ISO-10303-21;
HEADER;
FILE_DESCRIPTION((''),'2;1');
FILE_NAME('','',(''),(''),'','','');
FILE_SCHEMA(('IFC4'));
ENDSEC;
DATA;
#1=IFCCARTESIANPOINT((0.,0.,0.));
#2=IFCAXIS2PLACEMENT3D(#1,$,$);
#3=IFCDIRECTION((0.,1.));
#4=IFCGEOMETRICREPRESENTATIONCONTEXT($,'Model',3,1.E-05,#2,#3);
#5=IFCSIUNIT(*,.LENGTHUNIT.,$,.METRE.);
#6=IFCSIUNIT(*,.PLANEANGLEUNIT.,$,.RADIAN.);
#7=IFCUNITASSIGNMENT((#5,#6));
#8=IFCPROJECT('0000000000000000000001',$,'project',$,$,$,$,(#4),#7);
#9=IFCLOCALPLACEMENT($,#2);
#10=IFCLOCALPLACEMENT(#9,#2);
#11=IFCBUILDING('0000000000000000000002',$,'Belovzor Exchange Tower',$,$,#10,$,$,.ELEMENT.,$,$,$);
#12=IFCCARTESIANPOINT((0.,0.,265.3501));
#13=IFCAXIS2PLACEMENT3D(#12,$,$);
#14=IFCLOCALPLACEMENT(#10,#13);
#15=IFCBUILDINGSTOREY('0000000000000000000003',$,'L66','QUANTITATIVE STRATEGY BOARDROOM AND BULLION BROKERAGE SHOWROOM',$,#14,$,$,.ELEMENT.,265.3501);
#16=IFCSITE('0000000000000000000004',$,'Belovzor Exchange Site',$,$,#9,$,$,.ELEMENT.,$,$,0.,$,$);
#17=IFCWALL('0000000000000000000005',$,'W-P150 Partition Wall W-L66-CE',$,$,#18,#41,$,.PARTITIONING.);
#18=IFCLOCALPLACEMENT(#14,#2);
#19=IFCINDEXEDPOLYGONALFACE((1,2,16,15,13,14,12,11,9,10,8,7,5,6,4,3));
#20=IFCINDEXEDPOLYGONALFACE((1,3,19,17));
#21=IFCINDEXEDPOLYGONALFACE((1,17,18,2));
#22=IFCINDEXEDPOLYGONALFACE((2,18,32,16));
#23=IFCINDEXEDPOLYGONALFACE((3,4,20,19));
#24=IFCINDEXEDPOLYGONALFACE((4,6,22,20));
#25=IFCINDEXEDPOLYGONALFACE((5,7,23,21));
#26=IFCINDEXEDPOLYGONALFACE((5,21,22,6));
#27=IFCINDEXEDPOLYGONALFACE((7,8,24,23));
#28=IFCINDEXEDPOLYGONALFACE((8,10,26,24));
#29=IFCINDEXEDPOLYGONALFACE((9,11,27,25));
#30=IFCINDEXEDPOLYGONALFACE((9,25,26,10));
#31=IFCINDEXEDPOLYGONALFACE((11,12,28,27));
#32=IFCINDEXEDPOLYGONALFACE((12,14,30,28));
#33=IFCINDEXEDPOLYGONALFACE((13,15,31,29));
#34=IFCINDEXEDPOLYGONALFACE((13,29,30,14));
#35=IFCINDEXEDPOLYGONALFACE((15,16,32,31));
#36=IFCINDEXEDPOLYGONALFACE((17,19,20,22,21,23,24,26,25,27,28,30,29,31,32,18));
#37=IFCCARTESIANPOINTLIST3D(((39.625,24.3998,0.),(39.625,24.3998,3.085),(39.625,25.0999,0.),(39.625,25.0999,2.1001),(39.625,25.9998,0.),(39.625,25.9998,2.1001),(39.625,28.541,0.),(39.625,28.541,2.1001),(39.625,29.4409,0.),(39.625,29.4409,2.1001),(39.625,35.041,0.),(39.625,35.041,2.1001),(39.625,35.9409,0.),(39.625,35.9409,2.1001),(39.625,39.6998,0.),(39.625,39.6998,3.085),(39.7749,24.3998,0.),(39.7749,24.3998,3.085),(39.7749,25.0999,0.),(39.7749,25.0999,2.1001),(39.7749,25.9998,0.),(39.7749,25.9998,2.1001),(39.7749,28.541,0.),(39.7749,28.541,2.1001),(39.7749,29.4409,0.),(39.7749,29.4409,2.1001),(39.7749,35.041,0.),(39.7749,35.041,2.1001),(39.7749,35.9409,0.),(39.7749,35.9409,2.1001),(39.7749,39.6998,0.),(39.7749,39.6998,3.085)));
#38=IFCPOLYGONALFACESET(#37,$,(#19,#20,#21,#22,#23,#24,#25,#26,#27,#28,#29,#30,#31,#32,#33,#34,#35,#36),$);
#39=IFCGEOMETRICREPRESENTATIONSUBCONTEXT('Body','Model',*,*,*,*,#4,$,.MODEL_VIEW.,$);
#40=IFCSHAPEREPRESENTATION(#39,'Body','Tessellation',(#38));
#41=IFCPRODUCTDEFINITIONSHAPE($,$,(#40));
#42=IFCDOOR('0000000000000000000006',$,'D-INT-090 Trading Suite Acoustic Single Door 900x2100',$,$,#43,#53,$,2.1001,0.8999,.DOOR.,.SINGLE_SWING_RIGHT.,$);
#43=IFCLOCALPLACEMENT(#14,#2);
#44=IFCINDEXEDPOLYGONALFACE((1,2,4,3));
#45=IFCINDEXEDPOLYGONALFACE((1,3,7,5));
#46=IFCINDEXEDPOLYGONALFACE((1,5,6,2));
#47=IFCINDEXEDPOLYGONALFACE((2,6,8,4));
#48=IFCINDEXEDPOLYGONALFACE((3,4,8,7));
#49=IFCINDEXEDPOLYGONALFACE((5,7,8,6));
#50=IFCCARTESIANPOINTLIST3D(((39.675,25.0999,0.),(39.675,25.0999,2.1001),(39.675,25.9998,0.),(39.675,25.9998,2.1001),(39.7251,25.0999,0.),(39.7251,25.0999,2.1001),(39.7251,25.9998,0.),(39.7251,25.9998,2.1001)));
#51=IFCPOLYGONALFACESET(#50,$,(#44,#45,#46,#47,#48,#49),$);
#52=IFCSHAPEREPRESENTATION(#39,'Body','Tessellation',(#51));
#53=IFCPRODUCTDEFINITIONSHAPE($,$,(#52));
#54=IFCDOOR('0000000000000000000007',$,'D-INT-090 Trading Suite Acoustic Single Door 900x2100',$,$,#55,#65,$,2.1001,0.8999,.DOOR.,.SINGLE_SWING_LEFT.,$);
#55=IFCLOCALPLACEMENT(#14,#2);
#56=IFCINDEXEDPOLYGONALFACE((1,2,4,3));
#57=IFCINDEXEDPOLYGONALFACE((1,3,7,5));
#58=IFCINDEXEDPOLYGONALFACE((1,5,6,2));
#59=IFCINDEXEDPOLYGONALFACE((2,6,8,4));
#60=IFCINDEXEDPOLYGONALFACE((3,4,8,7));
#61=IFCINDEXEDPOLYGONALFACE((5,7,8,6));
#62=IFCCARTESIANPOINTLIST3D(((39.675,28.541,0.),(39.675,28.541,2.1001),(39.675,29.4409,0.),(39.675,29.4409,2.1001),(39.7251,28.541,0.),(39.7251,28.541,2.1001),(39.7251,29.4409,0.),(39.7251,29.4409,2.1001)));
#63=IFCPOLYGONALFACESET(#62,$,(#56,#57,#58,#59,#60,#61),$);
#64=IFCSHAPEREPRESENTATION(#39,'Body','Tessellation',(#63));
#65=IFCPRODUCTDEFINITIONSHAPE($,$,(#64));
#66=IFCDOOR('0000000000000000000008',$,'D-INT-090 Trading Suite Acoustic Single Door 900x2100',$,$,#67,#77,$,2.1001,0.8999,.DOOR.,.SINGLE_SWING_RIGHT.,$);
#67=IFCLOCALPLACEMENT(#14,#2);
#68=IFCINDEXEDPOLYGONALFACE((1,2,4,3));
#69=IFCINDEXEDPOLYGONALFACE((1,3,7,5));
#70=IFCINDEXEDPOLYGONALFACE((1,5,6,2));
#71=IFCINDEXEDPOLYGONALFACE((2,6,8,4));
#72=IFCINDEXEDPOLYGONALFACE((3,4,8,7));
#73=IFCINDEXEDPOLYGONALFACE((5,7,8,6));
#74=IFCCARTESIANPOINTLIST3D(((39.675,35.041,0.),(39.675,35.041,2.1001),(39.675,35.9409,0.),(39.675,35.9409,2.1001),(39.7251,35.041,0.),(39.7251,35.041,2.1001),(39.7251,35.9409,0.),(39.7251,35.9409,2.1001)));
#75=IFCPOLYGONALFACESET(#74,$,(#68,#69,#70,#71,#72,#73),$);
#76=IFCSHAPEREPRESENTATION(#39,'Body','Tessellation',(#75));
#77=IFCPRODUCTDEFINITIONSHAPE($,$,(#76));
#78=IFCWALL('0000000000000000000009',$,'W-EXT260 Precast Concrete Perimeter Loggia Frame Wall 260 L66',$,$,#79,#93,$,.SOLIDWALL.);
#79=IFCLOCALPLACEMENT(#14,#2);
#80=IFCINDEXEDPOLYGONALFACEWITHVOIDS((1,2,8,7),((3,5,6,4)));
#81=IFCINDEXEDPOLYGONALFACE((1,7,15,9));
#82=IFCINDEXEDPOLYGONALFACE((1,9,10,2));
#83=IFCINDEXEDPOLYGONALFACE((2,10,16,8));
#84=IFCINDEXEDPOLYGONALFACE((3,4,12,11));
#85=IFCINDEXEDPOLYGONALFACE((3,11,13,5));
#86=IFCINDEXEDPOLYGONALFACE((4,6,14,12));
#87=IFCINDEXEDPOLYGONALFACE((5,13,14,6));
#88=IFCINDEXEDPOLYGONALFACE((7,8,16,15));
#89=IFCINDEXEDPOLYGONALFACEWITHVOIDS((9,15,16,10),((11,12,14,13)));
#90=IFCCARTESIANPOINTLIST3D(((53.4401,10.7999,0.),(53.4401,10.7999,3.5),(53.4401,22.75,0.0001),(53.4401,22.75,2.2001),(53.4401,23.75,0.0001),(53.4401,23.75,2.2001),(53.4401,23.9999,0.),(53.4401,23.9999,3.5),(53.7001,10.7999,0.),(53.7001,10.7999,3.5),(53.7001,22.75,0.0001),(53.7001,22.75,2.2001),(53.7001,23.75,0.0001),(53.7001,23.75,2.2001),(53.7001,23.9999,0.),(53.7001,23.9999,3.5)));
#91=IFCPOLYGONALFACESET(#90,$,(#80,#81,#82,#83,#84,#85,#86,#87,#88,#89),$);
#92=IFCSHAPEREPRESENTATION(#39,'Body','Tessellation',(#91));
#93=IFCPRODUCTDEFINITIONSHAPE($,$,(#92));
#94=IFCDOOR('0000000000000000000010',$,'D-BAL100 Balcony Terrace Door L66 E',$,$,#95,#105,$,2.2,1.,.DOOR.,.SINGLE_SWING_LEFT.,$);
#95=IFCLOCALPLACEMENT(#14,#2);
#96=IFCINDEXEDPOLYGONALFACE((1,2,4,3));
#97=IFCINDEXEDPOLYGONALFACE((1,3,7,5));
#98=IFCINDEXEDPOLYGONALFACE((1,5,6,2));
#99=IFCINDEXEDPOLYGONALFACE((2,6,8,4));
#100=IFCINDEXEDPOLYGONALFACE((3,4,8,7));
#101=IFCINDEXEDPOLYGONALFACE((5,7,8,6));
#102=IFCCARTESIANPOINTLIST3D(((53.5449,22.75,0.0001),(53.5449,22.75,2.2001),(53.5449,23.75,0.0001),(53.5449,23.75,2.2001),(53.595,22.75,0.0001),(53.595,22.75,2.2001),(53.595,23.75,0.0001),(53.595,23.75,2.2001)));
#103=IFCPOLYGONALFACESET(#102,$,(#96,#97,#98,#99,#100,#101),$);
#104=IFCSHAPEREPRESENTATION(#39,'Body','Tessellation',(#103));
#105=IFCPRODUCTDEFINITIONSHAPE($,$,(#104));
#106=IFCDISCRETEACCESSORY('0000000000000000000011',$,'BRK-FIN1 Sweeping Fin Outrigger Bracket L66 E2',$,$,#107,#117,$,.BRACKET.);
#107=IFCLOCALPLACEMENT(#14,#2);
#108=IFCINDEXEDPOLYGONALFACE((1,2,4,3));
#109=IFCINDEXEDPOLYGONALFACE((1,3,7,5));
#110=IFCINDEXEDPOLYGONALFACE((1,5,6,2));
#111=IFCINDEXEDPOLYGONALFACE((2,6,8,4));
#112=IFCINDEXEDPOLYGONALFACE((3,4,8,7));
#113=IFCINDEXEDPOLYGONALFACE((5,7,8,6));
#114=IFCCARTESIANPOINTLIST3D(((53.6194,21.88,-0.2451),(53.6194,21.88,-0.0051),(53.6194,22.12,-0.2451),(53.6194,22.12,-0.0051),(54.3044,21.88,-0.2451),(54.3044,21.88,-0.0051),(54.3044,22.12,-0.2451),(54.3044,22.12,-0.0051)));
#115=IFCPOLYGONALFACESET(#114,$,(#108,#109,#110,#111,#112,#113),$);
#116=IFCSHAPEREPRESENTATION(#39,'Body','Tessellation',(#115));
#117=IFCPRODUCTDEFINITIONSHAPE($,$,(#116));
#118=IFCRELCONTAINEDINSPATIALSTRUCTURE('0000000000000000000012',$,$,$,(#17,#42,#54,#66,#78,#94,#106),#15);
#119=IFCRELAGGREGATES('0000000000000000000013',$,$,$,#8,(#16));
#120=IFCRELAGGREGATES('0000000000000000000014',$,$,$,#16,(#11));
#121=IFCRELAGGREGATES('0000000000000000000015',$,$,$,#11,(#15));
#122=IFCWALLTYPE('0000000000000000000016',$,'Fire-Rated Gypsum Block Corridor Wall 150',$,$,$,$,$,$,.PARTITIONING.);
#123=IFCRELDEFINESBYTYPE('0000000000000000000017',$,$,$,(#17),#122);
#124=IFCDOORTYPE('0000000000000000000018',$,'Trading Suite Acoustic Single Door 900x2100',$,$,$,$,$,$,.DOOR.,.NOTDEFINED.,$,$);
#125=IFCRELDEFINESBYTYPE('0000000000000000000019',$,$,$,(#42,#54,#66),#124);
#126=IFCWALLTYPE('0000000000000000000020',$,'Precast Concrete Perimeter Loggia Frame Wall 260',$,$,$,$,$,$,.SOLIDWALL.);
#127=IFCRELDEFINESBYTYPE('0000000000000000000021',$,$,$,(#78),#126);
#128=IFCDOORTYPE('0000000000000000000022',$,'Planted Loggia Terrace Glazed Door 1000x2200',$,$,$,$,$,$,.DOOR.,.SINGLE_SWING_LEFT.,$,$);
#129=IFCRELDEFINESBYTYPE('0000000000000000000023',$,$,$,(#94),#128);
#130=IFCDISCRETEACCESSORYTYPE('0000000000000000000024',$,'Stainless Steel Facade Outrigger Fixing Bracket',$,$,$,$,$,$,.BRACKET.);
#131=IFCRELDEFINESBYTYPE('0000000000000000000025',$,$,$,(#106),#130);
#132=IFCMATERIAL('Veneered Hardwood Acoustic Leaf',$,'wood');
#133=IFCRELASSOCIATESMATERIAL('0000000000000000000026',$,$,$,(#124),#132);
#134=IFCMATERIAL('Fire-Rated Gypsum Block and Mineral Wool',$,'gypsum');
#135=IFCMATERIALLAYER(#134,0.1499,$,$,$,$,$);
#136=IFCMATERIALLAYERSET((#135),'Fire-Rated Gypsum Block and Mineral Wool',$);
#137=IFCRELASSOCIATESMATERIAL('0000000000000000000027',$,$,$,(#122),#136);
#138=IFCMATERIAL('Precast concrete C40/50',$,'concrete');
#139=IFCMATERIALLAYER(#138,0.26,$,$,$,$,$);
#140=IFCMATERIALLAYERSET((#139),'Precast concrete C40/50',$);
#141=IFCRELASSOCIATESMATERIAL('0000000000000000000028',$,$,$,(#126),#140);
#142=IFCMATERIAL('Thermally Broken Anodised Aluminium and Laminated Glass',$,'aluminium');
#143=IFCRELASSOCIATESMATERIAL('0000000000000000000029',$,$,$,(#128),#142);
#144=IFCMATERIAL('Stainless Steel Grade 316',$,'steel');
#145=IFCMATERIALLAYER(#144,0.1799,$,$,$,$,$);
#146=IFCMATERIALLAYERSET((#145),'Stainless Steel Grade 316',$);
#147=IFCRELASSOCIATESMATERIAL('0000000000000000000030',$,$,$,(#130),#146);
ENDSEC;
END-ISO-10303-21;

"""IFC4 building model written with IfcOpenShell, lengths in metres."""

from ifc_helpers import new_model, si_unit, direction, frame, frame_2d, origin, origin_2d, place, context, subcontext, project, spatial, rectangle, extrude, material, layer, layer_set, type_object, element, fill, save


model = new_model("IFC4")

# Units and contexts
model_context = context("Model", 3, precision=1e-05, world=origin(), true_north=direction((0.0, 1.0)))
body_context = subcontext(model_context, "Body", "Model", "MODEL_VIEW")
ifc_project = project(units=[si_unit("LENGTHUNIT", "METRE"), si_unit("PLANEANGLEUNIT", "RADIAN")], contexts=[model_context])

# Site, building, storey
site_placement = place(None, origin())
site = spatial("IfcSite", under=ifc_project, at=site_placement, Name="Belovzor Exchange Site", CompositionType="ELEMENT", RefElevation=0.0)
building_placement = place(site_placement, origin())
building = spatial("IfcBuilding", under=site, at=building_placement, Name="Belovzor Exchange Tower", CompositionType="ELEMENT")
storey_placement = place(building_placement, frame((0.0, 0.0, 265.3501)))
storey = spatial("IfcBuildingStorey", under=building, at=storey_placement, Name="L66", Description="QUANTITATIVE STRATEGY BOARDROOM AND BULLION BROKERAGE SHOWROOM", CompositionType="ELEMENT", Elevation=265.3501)

# Shared definitions
ifc_material_1 = material(Name="Veneered Hardwood Acoustic Leaf", Category="wood")
door_type_1 = type_object("IfcDoorType", Name="Trading Suite Acoustic Single Door 900x2100", OperationType="NOTDEFINED", PredefinedType="DOOR", material=ifc_material_1)

# Wall, openings, doors
ifc_material_2 = material(Name="Fire-Rated Gypsum Block and Mineral Wool", Category="gypsum")
ifc_layer_1 = layer(ifc_material_2, 0.1499)
ifc_layer_set_1 = layer_set([ifc_layer_1], Name="Fire-Rated Gypsum Block and Mineral Wool")
wall_type_1 = type_object("IfcWallType", Name="Fire-Rated Gypsum Block Corridor Wall 150", PredefinedType="PARTITIONING", material=ifc_layer_set_1)
wall_1_placement = place(storey_placement, frame((39.7, 24.3999, 0.0), z_axis=(0.0, 0.0, 1.0), x_axis=(0.0, 1.0, 0.0)))
wall_1 = element("IfcWall", 1, at=wall_1_placement, inside=storey, type_object=wall_type_1, Name="W-P150 Partition Wall W-L66-CE", PredefinedType="PARTITIONING", context=body_context, shape_type="SweptSolid", body=[
    extrude(rectangle(XDim=15.3, YDim=0.1499, at=frame_2d((7.6499, 0.0))), origin(), (0.0, 0.0, 1.0), 3.085),
])
opening_1_placement = place(wall_1_placement, frame((0.7, 0.0, 0.0)))
opening_1 = element("IfcOpeningElement", 2, at=opening_1_placement, cuts=wall_1, PredefinedType="OPENING", context=body_context, shape_type="SweptSolid", body=[
    extrude(rectangle(XDim=0.8999, YDim=2.1001, at=frame_2d((0.45, 1.05))), frame((0.0, 0.085, 0.0), z_axis=(0.0, -1.0, 0.0), x_axis=(1.0, 0.0, 0.0)), (0.0, 0.0, 1.0), 0.1699),
])
opening_2_placement = place(wall_1_placement, frame((4.1411, 0.0, 0.0)))
opening_2 = element("IfcOpeningElement", 3, at=opening_2_placement, cuts=wall_1, PredefinedType="OPENING", context=body_context, shape_type="SweptSolid", body=[
    extrude(rectangle(XDim=0.8999, YDim=2.1001, at=frame_2d((0.45, 1.05))), frame((0.0, 0.085, 0.0), z_axis=(0.0, -1.0, 0.0), x_axis=(1.0, 0.0, 0.0)), (0.0, 0.0, 1.0), 0.1699),
])
opening_3_placement = place(wall_1_placement, frame((10.6411, 0.0, 0.0)))
opening_3 = element("IfcOpeningElement", 4, at=opening_3_placement, cuts=wall_1, PredefinedType="OPENING", context=body_context, shape_type="SweptSolid", body=[
    extrude(rectangle(XDim=0.8999, YDim=2.1001, at=frame_2d((0.45, 1.05))), frame((0.0, 0.085, 0.0), z_axis=(0.0, -1.0, 0.0), x_axis=(1.0, 0.0, 0.0)), (0.0, 0.0, 1.0), 0.1699),
])
door_1_placement = place(opening_1_placement, origin())
door_1 = element("IfcDoor", 5, at=door_1_placement, inside=storey, type_object=door_type_1, Name="D-INT-090 Trading Suite Acoustic Single Door 900x2100", OperationType="SINGLE_SWING_RIGHT", OverallHeight=2.1001, OverallWidth=0.8999, PredefinedType="DOOR", context=body_context, shape_type="SweptSolid", body=[
    extrude(rectangle(XDim=0.8999, YDim=2.1001, at=frame_2d((0.45, 1.05))), frame((0.0, 0.0249, 0.0), z_axis=(0.0, -1.0, 0.0), x_axis=(1.0, 0.0, 0.0)), (0.0, 0.0, 1.0), 0.05),
])
fill(opening_1, door_1)
door_2_placement = place(opening_2_placement, origin())
door_2 = element("IfcDoor", 6, at=door_2_placement, inside=storey, type_object=door_type_1, Name="D-INT-090 Trading Suite Acoustic Single Door 900x2100", OperationType="SINGLE_SWING_LEFT", OverallHeight=2.1001, OverallWidth=0.8999, PredefinedType="DOOR", context=body_context, shape_type="SweptSolid", body=[
    extrude(rectangle(XDim=0.8999, YDim=2.1001, at=frame_2d((0.45, 1.05))), frame((0.0, 0.0249, 0.0), z_axis=(0.0, -1.0, 0.0), x_axis=(1.0, 0.0, 0.0)), (0.0, 0.0, 1.0), 0.05),
])
fill(opening_2, door_2)
door_3_placement = place(opening_3_placement, origin())
door_3 = element("IfcDoor", 7, at=door_3_placement, inside=storey, type_object=door_type_1, Name="D-INT-090 Trading Suite Acoustic Single Door 900x2100", OperationType="SINGLE_SWING_RIGHT", OverallHeight=2.1001, OverallWidth=0.8999, PredefinedType="DOOR", context=body_context, shape_type="SweptSolid", body=[
    extrude(rectangle(XDim=0.8999, YDim=2.1001, at=frame_2d((0.45, 1.05))), frame((0.0, 0.0249, 0.0), z_axis=(0.0, -1.0, 0.0), x_axis=(1.0, 0.0, 0.0)), (0.0, 0.0, 1.0), 0.05),
])
fill(opening_3, door_3)

# Wall, opening, door
ifc_material_3 = material(Name="Precast concrete C40/50", Category="concrete")
ifc_layer_2 = layer(ifc_material_3, 0.26)
ifc_layer_set_2 = layer_set([ifc_layer_2], Name="Precast concrete C40/50")
wall_type_2 = type_object("IfcWallType", Name="Precast Concrete Perimeter Loggia Frame Wall 260", PredefinedType="SOLIDWALL", material=ifc_layer_set_2)
wall_2_placement = place(storey_placement, frame((53.5701, 24.0, 0.0), z_axis=(0.0, 0.0, 1.0), x_axis=(0.0, -1.0, 0.0)))
wall_2 = element("IfcWall", 8, at=wall_2_placement, inside=storey, type_object=wall_type_2, Name="W-EXT260 Precast Concrete Perimeter Loggia Frame Wall 260 L66", PredefinedType="SOLIDWALL", context=body_context, shape_type="SweptSolid", body=[
    extrude(rectangle(XDim=13.2, YDim=0.26, at=frame_2d((6.6001, 0.0))), origin(), (0.0, 0.0, 1.0), 3.5),
])
opening_4_placement = place(wall_2_placement, frame((0.25, 0.0, 0.0)))
opening_4 = element("IfcOpeningElement", 9, at=opening_4_placement, cuts=wall_2, PredefinedType="OPENING", context=body_context, shape_type="SweptSolid", body=[
    extrude(rectangle(XDim=1.0, YDim=2.2, at=frame_2d((0.5, 1.1001))), frame((0.0, 0.1399, 0.0), z_axis=(0.0, -1.0, 0.0), x_axis=(1.0, 0.0, 0.0)), (0.0, 0.0, 1.0), 0.28),
])
ifc_material_4 = material(Name="Thermally Broken Anodised Aluminium and Laminated Glass", Category="aluminium")
door_type_2 = type_object("IfcDoorType", Name="Planted Loggia Terrace Glazed Door 1000x2200", OperationType="SINGLE_SWING_LEFT", PredefinedType="DOOR", material=ifc_material_4)
door_4_placement = place(opening_4_placement, origin())
door_4 = element("IfcDoor", 10, at=door_4_placement, inside=storey, type_object=door_type_2, Name="D-BAL100 Balcony Terrace Door L66 E", OperationType="SINGLE_SWING_LEFT", OverallHeight=2.2, OverallWidth=1.0, PredefinedType="DOOR", context=body_context, shape_type="SweptSolid", body=[
    extrude(rectangle(XDim=1.0, YDim=2.2, at=frame_2d((0.5, 1.1001))), frame((0.0, 0.0249, 0.0), z_axis=(0.0, -1.0, 0.0), x_axis=(1.0, 0.0, 0.0)), (0.0, 0.0, 1.0), 0.05),
])
fill(opening_4, door_4)

# Discrete accessory
ifc_material_5 = material(Name="Stainless Steel Grade 316", Category="steel")
ifc_layer_3 = layer(ifc_material_5, 0.1799)
ifc_layer_set_3 = layer_set([ifc_layer_3], Name="Stainless Steel Grade 316")
discrete_accessory_type = type_object("IfcDiscreteAccessoryType", Name="Stainless Steel Facade Outrigger Fixing Bracket", PredefinedType="BRACKET", material=ifc_layer_set_3)
discrete_accessory_placement = place(storey_placement, frame((53.9619, 22.0, -0.2451), z_axis=(0.0, 0.0, 1.0), x_axis=(1.0, 0.0, 0.0)))
element("IfcDiscreteAccessory", 11, at=discrete_accessory_placement, inside=storey, type_object=discrete_accessory_type, Name="BRK-FIN1 Sweeping Fin Outrigger Bracket L66 E2", PredefinedType="BRACKET", context=body_context, shape_type="SweptSolid", body=[
    extrude(rectangle(XDim=0.6851, YDim=0.24, at=origin_2d()), origin(), (0.0, 0.0, 1.0), 0.24),
])

save(model, "model.ifc")
